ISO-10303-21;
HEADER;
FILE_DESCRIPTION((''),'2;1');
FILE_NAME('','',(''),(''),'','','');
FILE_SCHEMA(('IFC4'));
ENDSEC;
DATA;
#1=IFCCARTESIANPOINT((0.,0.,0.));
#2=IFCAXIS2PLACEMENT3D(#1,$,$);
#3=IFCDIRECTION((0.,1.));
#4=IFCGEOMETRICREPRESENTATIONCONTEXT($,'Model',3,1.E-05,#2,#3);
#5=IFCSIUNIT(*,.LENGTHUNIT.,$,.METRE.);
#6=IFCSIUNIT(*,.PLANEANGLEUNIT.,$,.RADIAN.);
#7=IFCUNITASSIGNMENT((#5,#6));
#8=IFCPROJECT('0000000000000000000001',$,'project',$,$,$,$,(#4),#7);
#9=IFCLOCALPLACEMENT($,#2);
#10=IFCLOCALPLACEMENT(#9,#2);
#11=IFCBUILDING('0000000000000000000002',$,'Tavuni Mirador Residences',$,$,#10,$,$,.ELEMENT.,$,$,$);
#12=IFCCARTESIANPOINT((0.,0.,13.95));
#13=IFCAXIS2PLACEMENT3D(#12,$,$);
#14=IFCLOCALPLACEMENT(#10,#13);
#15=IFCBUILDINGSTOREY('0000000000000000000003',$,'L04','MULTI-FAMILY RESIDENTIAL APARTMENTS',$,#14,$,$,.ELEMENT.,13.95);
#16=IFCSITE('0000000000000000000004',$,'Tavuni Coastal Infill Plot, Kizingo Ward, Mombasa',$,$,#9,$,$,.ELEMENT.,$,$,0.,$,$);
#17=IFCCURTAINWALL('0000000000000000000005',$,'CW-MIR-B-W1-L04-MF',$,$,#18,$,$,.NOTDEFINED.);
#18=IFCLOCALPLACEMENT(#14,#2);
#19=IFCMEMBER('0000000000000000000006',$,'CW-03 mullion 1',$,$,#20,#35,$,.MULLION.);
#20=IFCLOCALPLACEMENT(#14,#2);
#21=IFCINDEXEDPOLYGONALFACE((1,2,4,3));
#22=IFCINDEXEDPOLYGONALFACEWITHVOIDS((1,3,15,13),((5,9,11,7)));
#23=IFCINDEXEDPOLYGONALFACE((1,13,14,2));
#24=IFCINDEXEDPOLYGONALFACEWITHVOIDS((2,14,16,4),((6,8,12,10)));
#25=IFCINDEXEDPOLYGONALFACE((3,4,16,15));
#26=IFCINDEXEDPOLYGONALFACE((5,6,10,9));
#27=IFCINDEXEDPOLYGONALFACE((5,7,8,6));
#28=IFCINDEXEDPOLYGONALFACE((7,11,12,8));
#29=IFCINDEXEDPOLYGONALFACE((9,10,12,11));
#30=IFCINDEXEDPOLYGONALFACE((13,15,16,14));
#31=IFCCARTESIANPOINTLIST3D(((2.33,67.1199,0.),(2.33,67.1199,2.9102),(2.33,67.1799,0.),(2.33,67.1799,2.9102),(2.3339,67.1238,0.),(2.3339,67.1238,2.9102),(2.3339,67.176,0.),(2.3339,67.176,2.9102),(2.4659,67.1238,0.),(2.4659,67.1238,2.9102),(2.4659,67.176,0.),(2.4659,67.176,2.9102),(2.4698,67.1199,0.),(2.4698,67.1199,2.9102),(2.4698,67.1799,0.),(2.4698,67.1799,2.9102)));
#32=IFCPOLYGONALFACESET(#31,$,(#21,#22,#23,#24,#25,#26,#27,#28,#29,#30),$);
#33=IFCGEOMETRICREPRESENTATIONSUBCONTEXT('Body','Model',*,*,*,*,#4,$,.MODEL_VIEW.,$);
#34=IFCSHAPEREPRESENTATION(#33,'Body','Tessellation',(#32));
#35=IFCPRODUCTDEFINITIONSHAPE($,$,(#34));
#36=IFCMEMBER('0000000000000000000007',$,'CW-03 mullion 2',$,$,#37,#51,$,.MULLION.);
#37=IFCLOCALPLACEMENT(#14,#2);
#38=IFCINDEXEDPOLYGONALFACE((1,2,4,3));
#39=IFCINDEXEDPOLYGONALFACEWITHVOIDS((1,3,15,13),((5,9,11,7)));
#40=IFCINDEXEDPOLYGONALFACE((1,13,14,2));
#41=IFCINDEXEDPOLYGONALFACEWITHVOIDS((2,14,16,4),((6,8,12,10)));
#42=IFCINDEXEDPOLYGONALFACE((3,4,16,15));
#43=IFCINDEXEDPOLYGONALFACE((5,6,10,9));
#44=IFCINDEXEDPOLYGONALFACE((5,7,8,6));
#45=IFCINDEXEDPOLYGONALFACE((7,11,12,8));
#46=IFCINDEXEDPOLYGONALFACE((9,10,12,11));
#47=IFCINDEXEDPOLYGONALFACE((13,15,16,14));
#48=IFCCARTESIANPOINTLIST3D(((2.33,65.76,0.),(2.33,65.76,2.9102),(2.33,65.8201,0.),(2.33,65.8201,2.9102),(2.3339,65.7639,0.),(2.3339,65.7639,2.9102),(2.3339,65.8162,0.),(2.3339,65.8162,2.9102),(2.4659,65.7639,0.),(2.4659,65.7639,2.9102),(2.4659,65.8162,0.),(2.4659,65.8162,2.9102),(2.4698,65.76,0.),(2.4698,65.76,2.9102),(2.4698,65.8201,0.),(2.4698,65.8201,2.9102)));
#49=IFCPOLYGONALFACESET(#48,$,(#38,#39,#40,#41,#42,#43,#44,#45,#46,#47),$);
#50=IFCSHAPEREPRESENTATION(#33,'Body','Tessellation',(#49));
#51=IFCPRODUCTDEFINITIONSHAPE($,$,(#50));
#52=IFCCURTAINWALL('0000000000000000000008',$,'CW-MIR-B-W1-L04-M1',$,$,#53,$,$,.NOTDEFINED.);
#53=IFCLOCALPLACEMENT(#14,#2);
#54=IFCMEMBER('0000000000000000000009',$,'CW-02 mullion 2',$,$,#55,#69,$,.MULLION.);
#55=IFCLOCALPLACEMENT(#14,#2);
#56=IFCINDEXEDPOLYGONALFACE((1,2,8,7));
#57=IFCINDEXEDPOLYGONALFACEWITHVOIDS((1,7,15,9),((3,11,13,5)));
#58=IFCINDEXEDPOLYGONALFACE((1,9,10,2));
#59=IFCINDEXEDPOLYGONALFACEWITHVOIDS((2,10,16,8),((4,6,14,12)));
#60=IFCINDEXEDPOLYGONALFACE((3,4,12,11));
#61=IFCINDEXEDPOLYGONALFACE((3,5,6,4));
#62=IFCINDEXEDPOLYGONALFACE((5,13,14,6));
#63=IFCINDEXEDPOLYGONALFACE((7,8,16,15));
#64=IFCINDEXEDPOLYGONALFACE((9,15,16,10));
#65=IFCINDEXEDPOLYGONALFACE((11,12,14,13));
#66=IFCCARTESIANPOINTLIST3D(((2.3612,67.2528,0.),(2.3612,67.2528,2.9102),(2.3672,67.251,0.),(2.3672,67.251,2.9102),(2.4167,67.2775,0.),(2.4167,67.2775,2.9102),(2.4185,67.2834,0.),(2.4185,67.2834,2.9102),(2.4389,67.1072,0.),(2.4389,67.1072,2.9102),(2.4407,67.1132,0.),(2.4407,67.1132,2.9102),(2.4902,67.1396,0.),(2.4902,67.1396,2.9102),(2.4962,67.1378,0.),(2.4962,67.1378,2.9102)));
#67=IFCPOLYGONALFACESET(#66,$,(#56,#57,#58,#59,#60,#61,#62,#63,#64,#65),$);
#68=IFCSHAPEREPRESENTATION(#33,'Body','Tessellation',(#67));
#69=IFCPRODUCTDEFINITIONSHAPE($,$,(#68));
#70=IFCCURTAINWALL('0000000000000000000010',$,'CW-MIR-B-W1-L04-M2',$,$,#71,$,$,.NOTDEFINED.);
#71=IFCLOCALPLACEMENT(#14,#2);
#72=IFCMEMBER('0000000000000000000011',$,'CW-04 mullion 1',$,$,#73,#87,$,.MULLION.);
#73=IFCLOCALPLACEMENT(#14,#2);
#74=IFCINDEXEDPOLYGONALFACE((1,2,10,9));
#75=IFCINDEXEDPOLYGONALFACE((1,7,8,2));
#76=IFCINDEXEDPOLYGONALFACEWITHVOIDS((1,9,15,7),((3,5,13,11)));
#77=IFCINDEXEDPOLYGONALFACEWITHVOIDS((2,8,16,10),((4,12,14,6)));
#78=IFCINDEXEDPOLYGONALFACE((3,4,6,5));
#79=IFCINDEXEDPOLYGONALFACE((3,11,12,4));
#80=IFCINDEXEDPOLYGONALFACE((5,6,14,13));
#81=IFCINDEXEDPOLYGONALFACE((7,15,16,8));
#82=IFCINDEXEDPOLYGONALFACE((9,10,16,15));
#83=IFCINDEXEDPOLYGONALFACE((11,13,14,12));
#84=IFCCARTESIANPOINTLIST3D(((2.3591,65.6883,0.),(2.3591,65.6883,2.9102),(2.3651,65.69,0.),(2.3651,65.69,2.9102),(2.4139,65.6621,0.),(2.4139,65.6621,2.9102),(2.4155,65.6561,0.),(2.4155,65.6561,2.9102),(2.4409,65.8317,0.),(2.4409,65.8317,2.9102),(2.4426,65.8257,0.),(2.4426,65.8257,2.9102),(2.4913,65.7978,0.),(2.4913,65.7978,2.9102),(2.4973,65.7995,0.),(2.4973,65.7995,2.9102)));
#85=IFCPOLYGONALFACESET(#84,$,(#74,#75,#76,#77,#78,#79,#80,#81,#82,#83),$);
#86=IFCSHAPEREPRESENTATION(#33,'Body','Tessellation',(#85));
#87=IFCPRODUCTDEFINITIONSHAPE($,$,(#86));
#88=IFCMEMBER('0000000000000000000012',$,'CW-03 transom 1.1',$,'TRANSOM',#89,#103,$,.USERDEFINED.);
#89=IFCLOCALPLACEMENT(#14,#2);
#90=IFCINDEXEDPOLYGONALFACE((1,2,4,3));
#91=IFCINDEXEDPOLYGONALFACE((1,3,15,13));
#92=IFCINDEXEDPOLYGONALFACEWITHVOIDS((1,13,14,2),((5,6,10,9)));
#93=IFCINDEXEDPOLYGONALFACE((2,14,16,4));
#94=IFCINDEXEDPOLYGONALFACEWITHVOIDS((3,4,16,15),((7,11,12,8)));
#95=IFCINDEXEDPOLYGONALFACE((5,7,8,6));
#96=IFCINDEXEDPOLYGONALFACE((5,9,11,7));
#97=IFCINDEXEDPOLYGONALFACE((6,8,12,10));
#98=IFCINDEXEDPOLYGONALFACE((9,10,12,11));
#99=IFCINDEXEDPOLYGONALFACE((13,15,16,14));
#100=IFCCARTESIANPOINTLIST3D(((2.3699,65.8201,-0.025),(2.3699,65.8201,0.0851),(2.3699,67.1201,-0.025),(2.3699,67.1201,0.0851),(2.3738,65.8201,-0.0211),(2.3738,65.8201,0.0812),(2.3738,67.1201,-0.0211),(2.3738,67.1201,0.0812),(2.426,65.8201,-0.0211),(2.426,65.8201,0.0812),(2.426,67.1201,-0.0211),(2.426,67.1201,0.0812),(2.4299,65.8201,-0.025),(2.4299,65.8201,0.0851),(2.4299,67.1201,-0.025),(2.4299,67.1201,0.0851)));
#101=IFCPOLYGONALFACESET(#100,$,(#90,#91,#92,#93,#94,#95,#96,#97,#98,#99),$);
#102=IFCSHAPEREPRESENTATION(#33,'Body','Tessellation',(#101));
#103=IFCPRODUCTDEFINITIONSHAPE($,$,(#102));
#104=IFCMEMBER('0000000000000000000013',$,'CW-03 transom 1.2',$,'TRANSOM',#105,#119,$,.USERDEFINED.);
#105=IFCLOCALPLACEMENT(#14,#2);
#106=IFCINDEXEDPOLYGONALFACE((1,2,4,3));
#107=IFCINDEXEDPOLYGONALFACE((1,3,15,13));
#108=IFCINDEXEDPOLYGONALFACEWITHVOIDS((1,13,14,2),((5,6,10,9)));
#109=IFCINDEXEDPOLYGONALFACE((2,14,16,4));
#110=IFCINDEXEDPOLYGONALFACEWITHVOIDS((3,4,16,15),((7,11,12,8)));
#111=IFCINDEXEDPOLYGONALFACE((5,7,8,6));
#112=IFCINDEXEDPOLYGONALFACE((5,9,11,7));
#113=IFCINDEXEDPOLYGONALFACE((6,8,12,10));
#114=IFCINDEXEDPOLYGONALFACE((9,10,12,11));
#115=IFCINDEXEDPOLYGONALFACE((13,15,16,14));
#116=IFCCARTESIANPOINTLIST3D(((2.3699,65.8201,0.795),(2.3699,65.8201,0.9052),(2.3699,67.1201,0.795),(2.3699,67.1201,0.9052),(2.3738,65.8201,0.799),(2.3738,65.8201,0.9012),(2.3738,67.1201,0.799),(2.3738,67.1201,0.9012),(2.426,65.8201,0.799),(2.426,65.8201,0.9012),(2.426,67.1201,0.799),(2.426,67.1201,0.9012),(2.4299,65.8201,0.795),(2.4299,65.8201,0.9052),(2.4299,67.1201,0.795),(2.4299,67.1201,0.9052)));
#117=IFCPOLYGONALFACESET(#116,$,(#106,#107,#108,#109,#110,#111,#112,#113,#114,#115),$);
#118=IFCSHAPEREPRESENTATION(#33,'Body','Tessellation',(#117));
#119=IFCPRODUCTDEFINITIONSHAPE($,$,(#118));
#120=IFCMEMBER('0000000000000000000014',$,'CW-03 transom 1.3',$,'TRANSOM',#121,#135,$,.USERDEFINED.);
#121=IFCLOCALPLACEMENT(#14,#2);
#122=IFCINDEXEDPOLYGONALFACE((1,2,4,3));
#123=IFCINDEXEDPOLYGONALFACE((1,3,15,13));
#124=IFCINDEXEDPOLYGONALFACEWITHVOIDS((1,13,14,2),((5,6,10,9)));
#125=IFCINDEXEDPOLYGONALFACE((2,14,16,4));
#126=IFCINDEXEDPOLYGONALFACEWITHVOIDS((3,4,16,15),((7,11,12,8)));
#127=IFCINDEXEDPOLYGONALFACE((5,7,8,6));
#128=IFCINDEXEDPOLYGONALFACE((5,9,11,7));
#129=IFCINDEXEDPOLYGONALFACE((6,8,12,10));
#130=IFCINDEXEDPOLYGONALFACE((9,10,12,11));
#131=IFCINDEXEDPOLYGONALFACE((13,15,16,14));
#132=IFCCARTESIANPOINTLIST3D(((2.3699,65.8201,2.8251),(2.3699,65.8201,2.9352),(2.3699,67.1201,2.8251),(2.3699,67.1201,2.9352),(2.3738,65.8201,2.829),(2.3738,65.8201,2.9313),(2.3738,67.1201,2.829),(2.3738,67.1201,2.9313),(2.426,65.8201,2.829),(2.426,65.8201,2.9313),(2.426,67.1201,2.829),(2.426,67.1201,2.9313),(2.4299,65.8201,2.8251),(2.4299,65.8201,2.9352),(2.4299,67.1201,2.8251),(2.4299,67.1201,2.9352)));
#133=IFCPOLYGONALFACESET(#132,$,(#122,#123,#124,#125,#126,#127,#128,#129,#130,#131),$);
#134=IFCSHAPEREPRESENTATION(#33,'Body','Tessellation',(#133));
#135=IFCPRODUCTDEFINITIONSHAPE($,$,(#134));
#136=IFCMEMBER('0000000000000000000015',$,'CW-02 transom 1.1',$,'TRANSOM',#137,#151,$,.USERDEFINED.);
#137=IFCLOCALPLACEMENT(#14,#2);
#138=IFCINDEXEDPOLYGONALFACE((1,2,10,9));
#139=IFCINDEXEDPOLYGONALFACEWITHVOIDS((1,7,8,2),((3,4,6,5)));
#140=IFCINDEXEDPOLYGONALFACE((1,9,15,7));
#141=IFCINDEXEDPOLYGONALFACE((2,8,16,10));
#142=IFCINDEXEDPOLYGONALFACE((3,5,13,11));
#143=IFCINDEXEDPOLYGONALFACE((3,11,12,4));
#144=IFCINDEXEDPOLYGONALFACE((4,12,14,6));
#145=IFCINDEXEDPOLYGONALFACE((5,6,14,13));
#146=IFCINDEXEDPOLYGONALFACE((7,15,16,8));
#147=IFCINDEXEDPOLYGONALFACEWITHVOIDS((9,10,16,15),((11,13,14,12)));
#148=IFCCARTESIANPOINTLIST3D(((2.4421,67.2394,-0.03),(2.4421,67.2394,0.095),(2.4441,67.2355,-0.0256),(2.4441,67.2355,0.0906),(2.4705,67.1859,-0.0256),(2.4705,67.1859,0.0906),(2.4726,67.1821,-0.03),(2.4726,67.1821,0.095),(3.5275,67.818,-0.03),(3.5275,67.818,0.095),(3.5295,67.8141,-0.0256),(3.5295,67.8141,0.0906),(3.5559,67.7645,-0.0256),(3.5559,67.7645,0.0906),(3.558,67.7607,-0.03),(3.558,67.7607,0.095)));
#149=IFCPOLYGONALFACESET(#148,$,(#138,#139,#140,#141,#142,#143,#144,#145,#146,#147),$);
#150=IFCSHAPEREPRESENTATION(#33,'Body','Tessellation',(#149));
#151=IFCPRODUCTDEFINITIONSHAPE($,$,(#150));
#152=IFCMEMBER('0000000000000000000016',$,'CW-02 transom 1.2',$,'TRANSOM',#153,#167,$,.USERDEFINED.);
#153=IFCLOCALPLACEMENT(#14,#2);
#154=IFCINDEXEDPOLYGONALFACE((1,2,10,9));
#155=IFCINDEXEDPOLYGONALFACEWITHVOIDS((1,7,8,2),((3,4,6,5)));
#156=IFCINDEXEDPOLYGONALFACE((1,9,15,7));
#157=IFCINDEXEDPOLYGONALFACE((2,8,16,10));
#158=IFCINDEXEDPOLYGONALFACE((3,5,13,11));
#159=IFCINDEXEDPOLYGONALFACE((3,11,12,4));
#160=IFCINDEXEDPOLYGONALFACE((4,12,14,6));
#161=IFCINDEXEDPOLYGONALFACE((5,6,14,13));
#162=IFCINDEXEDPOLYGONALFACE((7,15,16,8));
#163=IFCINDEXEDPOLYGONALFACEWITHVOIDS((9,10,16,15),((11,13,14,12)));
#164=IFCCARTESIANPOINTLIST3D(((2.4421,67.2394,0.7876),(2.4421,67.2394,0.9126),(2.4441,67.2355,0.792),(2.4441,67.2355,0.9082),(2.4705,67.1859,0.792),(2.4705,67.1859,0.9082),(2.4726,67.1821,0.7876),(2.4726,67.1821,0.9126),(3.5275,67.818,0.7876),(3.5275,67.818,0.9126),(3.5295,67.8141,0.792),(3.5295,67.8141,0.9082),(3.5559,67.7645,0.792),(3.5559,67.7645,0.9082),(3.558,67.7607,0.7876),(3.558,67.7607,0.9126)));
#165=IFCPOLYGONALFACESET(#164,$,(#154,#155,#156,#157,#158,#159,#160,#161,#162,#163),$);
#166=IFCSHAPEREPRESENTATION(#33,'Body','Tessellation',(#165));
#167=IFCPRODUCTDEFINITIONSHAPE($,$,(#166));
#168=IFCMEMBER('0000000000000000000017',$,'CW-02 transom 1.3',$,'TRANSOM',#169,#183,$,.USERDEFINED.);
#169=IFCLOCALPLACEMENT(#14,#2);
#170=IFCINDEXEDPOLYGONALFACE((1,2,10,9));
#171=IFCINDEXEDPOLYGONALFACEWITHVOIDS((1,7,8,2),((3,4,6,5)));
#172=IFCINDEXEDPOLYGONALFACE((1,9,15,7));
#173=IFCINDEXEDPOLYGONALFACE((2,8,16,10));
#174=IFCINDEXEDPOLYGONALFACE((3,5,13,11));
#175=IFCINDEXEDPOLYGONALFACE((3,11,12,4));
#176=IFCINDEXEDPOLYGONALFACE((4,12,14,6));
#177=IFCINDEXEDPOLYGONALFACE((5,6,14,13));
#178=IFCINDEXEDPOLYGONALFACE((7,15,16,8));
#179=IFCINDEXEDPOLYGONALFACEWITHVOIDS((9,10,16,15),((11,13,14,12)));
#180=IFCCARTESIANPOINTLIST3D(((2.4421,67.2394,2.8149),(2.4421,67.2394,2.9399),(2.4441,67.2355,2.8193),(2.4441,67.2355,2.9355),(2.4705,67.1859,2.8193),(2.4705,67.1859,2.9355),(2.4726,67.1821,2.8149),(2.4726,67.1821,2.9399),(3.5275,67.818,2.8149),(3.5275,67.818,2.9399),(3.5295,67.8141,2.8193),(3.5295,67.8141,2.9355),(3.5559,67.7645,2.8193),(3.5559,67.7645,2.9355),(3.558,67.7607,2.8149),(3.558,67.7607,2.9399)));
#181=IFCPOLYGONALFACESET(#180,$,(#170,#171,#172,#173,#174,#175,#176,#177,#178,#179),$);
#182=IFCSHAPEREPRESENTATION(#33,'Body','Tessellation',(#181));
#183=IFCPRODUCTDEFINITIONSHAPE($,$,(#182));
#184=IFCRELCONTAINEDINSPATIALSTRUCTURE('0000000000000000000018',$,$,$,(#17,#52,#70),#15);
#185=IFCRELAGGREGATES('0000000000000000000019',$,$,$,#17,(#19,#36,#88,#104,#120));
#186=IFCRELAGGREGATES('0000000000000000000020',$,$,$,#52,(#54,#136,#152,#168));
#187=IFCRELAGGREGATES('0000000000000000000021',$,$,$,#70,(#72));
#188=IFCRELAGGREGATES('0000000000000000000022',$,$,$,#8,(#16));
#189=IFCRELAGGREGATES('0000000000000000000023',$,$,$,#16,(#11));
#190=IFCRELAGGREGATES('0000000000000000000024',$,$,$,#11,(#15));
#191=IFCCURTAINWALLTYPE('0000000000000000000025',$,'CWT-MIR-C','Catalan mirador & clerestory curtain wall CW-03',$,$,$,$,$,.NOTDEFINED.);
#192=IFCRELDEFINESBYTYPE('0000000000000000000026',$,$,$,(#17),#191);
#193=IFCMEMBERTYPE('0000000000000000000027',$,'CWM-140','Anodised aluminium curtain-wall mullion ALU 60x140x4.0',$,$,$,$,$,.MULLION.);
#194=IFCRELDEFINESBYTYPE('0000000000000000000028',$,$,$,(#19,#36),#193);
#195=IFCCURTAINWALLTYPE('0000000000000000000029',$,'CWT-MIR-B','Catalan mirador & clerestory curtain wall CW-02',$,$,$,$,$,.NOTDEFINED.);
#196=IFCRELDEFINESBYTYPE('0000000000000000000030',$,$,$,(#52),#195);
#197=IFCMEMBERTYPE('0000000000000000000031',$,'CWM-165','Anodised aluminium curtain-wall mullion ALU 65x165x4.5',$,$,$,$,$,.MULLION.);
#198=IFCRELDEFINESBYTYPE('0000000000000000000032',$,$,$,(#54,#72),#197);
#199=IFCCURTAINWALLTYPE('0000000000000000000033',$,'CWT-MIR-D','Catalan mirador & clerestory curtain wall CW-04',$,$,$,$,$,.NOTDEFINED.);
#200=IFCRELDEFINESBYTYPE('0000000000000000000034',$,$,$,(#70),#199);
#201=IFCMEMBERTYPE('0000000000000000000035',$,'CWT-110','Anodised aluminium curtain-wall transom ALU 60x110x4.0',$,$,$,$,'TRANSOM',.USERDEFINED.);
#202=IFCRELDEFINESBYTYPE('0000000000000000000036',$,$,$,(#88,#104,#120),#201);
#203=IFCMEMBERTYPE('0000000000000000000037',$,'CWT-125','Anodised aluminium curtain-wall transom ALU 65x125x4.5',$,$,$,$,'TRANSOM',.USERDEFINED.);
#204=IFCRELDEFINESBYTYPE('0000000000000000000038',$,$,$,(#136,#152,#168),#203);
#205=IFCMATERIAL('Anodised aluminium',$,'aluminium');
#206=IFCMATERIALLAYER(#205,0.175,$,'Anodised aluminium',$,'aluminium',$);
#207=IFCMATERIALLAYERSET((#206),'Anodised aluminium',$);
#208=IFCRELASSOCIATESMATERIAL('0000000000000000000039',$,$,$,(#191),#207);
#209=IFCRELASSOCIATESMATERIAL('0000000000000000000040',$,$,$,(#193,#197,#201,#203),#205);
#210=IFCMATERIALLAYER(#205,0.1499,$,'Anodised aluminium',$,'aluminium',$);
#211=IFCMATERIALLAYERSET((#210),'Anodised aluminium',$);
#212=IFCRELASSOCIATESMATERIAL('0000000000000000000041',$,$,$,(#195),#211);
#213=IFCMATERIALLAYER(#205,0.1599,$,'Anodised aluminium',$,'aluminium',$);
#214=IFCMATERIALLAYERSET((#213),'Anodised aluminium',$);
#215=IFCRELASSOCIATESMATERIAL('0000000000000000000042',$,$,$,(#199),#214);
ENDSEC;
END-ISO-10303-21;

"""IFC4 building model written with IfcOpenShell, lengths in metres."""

from ifc_helpers import new_model, si_unit, direction, frame, origin, origin_2d, place, context, subcontext, project, spatial, hollow_rectangle, extrude, material, layer, layer_set, material_profile, profile_set, type_object, element, aggregate, save


model = new_model("IFC4")

# Units and contexts
model_context = context("Model", 3, precision=1e-05, world=origin(), true_north=direction((0.0, 1.0)))
body_context = subcontext(model_context, "Body", "Model", "MODEL_VIEW")
ifc_project = project(units=[si_unit("LENGTHUNIT", "METRE"), si_unit("PLANEANGLEUNIT", "RADIAN")], contexts=[model_context])

# Site, building, storey
site_placement = place(None, origin())
site = spatial("IfcSite", under=ifc_project, at=site_placement, Name="Tavuni Coastal Infill Plot, Kizingo Ward, Mombasa", CompositionType="ELEMENT", RefElevation=0.0)
building_placement = place(site_placement, origin())
building = spatial("IfcBuilding", under=site, at=building_placement, Name="Tavuni Mirador Residences", CompositionType="ELEMENT")
storey_placement = place(building_placement, frame((0.0, 0.0, 13.95)))
storey = spatial("IfcBuildingStorey", under=building, at=storey_placement, Name="L04", Description="MULTI-FAMILY RESIDENTIAL APARTMENTS", CompositionType="ELEMENT", Elevation=13.95)

# Curtain wall, members
ifc_material_1 = material(Name="Anodised aluminium", Category="aluminium")
ifc_layer_1 = layer(ifc_material_1, 0.175, Name="Anodised aluminium", Category="aluminium")
ifc_layer_set_1 = layer_set([ifc_layer_1], Name="Anodised aluminium")
curtain_wall_type_1 = type_object("IfcCurtainWallType", Name="CWT-MIR-C", Description="Catalan mirador & clerestory curtain wall CW-03", PredefinedType="NOTDEFINED", material=ifc_layer_set_1)
curtain_wall_1_placement = place(storey_placement, origin())
curtain_wall_1 = element("IfcCurtainWall", 1, at=curtain_wall_1_placement, inside=storey, type_object=curtain_wall_type_1, Name="CW-MIR-B-W1-L04-MF", PredefinedType="NOTDEFINED")
ifc_material_profile_1 = material_profile(ifc_material_1, hollow_rectangle(XDim=0.0601, YDim=0.1399, WallThickness=0.0039, at=origin_2d()), Name="ALU 60x140x4.0", Category="aluminium")
ifc_profile_set_1 = profile_set([ifc_material_profile_1], Name="Anodised aluminium")
member_type_1 = type_object("IfcMemberType", Name="CWM-140", Description="Anodised aluminium curtain-wall mullion ALU 60x140x4.0", PredefinedType="MULLION", material=ifc_profile_set_1)
member_1_placement = place(storey_placement, frame((2.3999, 67.1499, 0.0), z_axis=(0.0, 0.0, 1.0), x_axis=(0.0, -1.0, 0.0)))
member_1 = element("IfcMember", 2, at=member_1_placement, type_object=member_type_1, Name="CW-03 mullion 1", PredefinedType="MULLION", context=body_context, shape_type="SweptSolid", body=[
    extrude(hollow_rectangle(XDim=0.0601, YDim=0.1399, WallThickness=0.0039, at=origin_2d()), origin(), (0.0, 0.0, 1.0), 2.9102),
])
member_2_placement = place(storey_placement, frame((2.3999, 65.79, 0.0), z_axis=(0.0, 0.0, 1.0), x_axis=(0.0, -1.0, 0.0)))
member_2 = element("IfcMember", 3, at=member_2_placement, type_object=member_type_1, Name="CW-03 mullion 2", PredefinedType="MULLION", context=body_context, shape_type="SweptSolid", body=[
    extrude(hollow_rectangle(XDim=0.0601, YDim=0.1399, WallThickness=0.0039, at=origin_2d()), origin(), (0.0, 0.0, 1.0), 2.9102),
])

# Curtain walls, members
ifc_layer_2 = layer(ifc_material_1, 0.1499, Name="Anodised aluminium", Category="aluminium")
ifc_layer_set_2 = layer_set([ifc_layer_2], Name="Anodised aluminium")
curtain_wall_type_2 = type_object("IfcCurtainWallType", Name="CWT-MIR-B", Description="Catalan mirador & clerestory curtain wall CW-02", PredefinedType="NOTDEFINED", material=ifc_layer_set_2)
curtain_wall_2_placement = place(storey_placement, origin())
curtain_wall_2 = element("IfcCurtainWall", 4, at=curtain_wall_2_placement, inside=storey, type_object=curtain_wall_type_2, Name="CW-MIR-B-W1-L04-M1", PredefinedType="NOTDEFINED")
ifc_material_profile_2 = material_profile(ifc_material_1, hollow_rectangle(XDim=0.0649, YDim=0.165, WallThickness=0.0044, at=origin_2d()), Name="ALU 65x165x4.5", Category="aluminium")
ifc_profile_set_2 = profile_set([ifc_material_profile_2], Name="Anodised aluminium")
member_type_2 = type_object("IfcMemberType", Name="CWM-165", Description="Anodised aluminium curtain-wall mullion ALU 65x165x4.5", PredefinedType="MULLION", material=ifc_profile_set_2)
member_3_placement = place(storey_placement, frame((2.4287, 67.1953, 0.0), z_axis=(0.0, 0.0, 1.0), x_axis=(-0.882353, -0.470588, 0.0)))
member_3 = element("IfcMember", 5, at=member_3_placement, type_object=member_type_2, Name="CW-02 mullion 2", PredefinedType="MULLION", context=body_context, shape_type="SweptSolid", body=[
    extrude(hollow_rectangle(XDim=0.0649, YDim=0.165, WallThickness=0.0044, at=origin_2d()), origin(), (0.0, 0.0, 1.0), 2.9102),
])
ifc_layer_3 = layer(ifc_material_1, 0.1599, Name="Anodised aluminium", Category="aluminium")
ifc_layer_set_3 = layer_set([ifc_layer_3], Name="Anodised aluminium")
curtain_wall_type_3 = type_object("IfcCurtainWallType", Name="CWT-MIR-D", Description="Catalan mirador & clerestory curtain wall CW-04", PredefinedType="NOTDEFINED", material=ifc_layer_set_3)
curtain_wall_3_placement = place(storey_placement, origin())
curtain_wall_3 = element("IfcCurtainWall", 6, at=curtain_wall_3_placement, inside=storey, type_object=curtain_wall_type_3, Name="CW-MIR-B-W1-L04-M2", PredefinedType="NOTDEFINED")
member_4_placement = place(storey_placement, frame((2.4282, 65.7439, 0.0), z_axis=(0.0, 0.0, 1.0), x_axis=(0.868466, -0.495749, 0.0)))
member_4 = element("IfcMember", 7, at=member_4_placement, type_object=member_type_2, Name="CW-04 mullion 1", PredefinedType="MULLION", context=body_context, shape_type="SweptSolid", body=[
    extrude(hollow_rectangle(XDim=0.0649, YDim=0.165, WallThickness=0.0044, at=origin_2d()), origin(), (0.0, 0.0, 1.0), 2.9102),
])

# Members
ifc_material_profile_3 = material_profile(ifc_material_1, hollow_rectangle(XDim=0.0601, YDim=0.1101, WallThickness=0.0039, at=origin_2d()), Name="ALU 60x110x4.0", Category="aluminium")
ifc_profile_set_3 = profile_set([ifc_material_profile_3], Name="Anodised aluminium")
member_type_3 = type_object("IfcMemberType", Name="CWT-110", Description="Anodised aluminium curtain-wall transom ALU 60x110x4.0", ElementType="TRANSOM", PredefinedType="USERDEFINED", material=ifc_profile_set_3)
member_5_placement = place(storey_placement, frame((2.3999, 67.1201, 0.03), z_axis=(0.0, -1.0, 0.0), x_axis=(1.0, 0.0, 0.0)))
member_5 = element("IfcMember", 8, at=member_5_placement, type_object=member_type_3, Name="CW-03 transom 1.1", ObjectType="TRANSOM", PredefinedType="USERDEFINED", context=body_context, shape_type="SweptSolid", body=[
    extrude(hollow_rectangle(XDim=0.0601, YDim=0.1101, WallThickness=0.0039, at=origin_2d()), origin(), (0.0, 0.0, 1.0), 1.3),
])
member_6_placement = place(storey_placement, frame((2.3999, 67.1201, 0.8501), z_axis=(0.0, -1.0, 0.0), x_axis=(1.0, 0.0, 0.0)))
member_6 = element("IfcMember", 9, at=member_6_placement, type_object=member_type_3, Name="CW-03 transom 1.2", ObjectType="TRANSOM", PredefinedType="USERDEFINED", context=body_context, shape_type="SweptSolid", body=[
    extrude(hollow_rectangle(XDim=0.0601, YDim=0.1101, WallThickness=0.0039, at=origin_2d()), origin(), (0.0, 0.0, 1.0), 1.3),
])
member_7_placement = place(storey_placement, frame((2.3999, 67.1201, 2.8801), z_axis=(0.0, -1.0, 0.0), x_axis=(1.0, 0.0, 0.0)))
member_7 = element("IfcMember", 10, at=member_7_placement, type_object=member_type_3, Name="CW-03 transom 1.3", ObjectType="TRANSOM", PredefinedType="USERDEFINED", context=body_context, shape_type="SweptSolid", body=[
    extrude(hollow_rectangle(XDim=0.0601, YDim=0.1101, WallThickness=0.0039, at=origin_2d()), origin(), (0.0, 0.0, 1.0), 1.3),
])
ifc_material_profile_4 = material_profile(ifc_material_1, hollow_rectangle(XDim=0.0649, YDim=0.125, WallThickness=0.0044, at=origin_2d()), Name="ALU 65x125x4.5", Category="aluminium")
ifc_profile_set_4 = profile_set([ifc_material_profile_4], Name="Anodised aluminium")
member_type_4 = type_object("IfcMemberType", Name="CWT-125", Description="Anodised aluminium curtain-wall transom ALU 65x125x4.5", ElementType="TRANSOM", PredefinedType="USERDEFINED", material=ifc_profile_set_4)
member_8_placement = place(storey_placement, frame((3.5427, 67.7893, 0.0325), z_axis=(-0.882452, -0.470403, 0.0), x_axis=(0.470403, -0.882452, 0.0)))
member_8 = element("IfcMember", 11, at=member_8_placement, type_object=member_type_4, Name="CW-02 transom 1.1", ObjectType="TRANSOM", PredefinedType="USERDEFINED", context=body_context, shape_type="SweptSolid", body=[
    extrude(hollow_rectangle(XDim=0.0649, YDim=0.125, WallThickness=0.0044, at=origin_2d()), origin(), (0.0, 0.0, 1.0), 1.23),
])
member_9_placement = place(storey_placement, frame((3.5427, 67.7893, 0.8501), z_axis=(-0.882452, -0.470403, 0.0), x_axis=(0.470403, -0.882452, 0.0)))
member_9 = element("IfcMember", 12, at=member_9_placement, type_object=member_type_4, Name="CW-02 transom 1.2", ObjectType="TRANSOM", PredefinedType="USERDEFINED", context=body_context, shape_type="SweptSolid", body=[
    extrude(hollow_rectangle(XDim=0.0649, YDim=0.125, WallThickness=0.0044, at=origin_2d()), origin(), (0.0, 0.0, 1.0), 1.23),
])
member_10_placement = place(storey_placement, frame((3.5427, 67.7893, 2.8774), z_axis=(-0.882452, -0.470403, 0.0), x_axis=(0.470403, -0.882452, 0.0)))
member_10 = element("IfcMember", 13, at=member_10_placement, type_object=member_type_4, Name="CW-02 transom 1.3", ObjectType="TRANSOM", PredefinedType="USERDEFINED", context=body_context, shape_type="SweptSolid", body=[
    extrude(hollow_rectangle(XDim=0.0649, YDim=0.125, WallThickness=0.0044, at=origin_2d()), origin(), (0.0, 0.0, 1.0), 1.23),
])

aggregate(curtain_wall_1, [member_1, member_2, member_5, member_6, member_7])
aggregate(curtain_wall_2, [member_3, member_8, member_9, member_10])
aggregate(curtain_wall_3, [member_4])

save(model, "model.ifc")
